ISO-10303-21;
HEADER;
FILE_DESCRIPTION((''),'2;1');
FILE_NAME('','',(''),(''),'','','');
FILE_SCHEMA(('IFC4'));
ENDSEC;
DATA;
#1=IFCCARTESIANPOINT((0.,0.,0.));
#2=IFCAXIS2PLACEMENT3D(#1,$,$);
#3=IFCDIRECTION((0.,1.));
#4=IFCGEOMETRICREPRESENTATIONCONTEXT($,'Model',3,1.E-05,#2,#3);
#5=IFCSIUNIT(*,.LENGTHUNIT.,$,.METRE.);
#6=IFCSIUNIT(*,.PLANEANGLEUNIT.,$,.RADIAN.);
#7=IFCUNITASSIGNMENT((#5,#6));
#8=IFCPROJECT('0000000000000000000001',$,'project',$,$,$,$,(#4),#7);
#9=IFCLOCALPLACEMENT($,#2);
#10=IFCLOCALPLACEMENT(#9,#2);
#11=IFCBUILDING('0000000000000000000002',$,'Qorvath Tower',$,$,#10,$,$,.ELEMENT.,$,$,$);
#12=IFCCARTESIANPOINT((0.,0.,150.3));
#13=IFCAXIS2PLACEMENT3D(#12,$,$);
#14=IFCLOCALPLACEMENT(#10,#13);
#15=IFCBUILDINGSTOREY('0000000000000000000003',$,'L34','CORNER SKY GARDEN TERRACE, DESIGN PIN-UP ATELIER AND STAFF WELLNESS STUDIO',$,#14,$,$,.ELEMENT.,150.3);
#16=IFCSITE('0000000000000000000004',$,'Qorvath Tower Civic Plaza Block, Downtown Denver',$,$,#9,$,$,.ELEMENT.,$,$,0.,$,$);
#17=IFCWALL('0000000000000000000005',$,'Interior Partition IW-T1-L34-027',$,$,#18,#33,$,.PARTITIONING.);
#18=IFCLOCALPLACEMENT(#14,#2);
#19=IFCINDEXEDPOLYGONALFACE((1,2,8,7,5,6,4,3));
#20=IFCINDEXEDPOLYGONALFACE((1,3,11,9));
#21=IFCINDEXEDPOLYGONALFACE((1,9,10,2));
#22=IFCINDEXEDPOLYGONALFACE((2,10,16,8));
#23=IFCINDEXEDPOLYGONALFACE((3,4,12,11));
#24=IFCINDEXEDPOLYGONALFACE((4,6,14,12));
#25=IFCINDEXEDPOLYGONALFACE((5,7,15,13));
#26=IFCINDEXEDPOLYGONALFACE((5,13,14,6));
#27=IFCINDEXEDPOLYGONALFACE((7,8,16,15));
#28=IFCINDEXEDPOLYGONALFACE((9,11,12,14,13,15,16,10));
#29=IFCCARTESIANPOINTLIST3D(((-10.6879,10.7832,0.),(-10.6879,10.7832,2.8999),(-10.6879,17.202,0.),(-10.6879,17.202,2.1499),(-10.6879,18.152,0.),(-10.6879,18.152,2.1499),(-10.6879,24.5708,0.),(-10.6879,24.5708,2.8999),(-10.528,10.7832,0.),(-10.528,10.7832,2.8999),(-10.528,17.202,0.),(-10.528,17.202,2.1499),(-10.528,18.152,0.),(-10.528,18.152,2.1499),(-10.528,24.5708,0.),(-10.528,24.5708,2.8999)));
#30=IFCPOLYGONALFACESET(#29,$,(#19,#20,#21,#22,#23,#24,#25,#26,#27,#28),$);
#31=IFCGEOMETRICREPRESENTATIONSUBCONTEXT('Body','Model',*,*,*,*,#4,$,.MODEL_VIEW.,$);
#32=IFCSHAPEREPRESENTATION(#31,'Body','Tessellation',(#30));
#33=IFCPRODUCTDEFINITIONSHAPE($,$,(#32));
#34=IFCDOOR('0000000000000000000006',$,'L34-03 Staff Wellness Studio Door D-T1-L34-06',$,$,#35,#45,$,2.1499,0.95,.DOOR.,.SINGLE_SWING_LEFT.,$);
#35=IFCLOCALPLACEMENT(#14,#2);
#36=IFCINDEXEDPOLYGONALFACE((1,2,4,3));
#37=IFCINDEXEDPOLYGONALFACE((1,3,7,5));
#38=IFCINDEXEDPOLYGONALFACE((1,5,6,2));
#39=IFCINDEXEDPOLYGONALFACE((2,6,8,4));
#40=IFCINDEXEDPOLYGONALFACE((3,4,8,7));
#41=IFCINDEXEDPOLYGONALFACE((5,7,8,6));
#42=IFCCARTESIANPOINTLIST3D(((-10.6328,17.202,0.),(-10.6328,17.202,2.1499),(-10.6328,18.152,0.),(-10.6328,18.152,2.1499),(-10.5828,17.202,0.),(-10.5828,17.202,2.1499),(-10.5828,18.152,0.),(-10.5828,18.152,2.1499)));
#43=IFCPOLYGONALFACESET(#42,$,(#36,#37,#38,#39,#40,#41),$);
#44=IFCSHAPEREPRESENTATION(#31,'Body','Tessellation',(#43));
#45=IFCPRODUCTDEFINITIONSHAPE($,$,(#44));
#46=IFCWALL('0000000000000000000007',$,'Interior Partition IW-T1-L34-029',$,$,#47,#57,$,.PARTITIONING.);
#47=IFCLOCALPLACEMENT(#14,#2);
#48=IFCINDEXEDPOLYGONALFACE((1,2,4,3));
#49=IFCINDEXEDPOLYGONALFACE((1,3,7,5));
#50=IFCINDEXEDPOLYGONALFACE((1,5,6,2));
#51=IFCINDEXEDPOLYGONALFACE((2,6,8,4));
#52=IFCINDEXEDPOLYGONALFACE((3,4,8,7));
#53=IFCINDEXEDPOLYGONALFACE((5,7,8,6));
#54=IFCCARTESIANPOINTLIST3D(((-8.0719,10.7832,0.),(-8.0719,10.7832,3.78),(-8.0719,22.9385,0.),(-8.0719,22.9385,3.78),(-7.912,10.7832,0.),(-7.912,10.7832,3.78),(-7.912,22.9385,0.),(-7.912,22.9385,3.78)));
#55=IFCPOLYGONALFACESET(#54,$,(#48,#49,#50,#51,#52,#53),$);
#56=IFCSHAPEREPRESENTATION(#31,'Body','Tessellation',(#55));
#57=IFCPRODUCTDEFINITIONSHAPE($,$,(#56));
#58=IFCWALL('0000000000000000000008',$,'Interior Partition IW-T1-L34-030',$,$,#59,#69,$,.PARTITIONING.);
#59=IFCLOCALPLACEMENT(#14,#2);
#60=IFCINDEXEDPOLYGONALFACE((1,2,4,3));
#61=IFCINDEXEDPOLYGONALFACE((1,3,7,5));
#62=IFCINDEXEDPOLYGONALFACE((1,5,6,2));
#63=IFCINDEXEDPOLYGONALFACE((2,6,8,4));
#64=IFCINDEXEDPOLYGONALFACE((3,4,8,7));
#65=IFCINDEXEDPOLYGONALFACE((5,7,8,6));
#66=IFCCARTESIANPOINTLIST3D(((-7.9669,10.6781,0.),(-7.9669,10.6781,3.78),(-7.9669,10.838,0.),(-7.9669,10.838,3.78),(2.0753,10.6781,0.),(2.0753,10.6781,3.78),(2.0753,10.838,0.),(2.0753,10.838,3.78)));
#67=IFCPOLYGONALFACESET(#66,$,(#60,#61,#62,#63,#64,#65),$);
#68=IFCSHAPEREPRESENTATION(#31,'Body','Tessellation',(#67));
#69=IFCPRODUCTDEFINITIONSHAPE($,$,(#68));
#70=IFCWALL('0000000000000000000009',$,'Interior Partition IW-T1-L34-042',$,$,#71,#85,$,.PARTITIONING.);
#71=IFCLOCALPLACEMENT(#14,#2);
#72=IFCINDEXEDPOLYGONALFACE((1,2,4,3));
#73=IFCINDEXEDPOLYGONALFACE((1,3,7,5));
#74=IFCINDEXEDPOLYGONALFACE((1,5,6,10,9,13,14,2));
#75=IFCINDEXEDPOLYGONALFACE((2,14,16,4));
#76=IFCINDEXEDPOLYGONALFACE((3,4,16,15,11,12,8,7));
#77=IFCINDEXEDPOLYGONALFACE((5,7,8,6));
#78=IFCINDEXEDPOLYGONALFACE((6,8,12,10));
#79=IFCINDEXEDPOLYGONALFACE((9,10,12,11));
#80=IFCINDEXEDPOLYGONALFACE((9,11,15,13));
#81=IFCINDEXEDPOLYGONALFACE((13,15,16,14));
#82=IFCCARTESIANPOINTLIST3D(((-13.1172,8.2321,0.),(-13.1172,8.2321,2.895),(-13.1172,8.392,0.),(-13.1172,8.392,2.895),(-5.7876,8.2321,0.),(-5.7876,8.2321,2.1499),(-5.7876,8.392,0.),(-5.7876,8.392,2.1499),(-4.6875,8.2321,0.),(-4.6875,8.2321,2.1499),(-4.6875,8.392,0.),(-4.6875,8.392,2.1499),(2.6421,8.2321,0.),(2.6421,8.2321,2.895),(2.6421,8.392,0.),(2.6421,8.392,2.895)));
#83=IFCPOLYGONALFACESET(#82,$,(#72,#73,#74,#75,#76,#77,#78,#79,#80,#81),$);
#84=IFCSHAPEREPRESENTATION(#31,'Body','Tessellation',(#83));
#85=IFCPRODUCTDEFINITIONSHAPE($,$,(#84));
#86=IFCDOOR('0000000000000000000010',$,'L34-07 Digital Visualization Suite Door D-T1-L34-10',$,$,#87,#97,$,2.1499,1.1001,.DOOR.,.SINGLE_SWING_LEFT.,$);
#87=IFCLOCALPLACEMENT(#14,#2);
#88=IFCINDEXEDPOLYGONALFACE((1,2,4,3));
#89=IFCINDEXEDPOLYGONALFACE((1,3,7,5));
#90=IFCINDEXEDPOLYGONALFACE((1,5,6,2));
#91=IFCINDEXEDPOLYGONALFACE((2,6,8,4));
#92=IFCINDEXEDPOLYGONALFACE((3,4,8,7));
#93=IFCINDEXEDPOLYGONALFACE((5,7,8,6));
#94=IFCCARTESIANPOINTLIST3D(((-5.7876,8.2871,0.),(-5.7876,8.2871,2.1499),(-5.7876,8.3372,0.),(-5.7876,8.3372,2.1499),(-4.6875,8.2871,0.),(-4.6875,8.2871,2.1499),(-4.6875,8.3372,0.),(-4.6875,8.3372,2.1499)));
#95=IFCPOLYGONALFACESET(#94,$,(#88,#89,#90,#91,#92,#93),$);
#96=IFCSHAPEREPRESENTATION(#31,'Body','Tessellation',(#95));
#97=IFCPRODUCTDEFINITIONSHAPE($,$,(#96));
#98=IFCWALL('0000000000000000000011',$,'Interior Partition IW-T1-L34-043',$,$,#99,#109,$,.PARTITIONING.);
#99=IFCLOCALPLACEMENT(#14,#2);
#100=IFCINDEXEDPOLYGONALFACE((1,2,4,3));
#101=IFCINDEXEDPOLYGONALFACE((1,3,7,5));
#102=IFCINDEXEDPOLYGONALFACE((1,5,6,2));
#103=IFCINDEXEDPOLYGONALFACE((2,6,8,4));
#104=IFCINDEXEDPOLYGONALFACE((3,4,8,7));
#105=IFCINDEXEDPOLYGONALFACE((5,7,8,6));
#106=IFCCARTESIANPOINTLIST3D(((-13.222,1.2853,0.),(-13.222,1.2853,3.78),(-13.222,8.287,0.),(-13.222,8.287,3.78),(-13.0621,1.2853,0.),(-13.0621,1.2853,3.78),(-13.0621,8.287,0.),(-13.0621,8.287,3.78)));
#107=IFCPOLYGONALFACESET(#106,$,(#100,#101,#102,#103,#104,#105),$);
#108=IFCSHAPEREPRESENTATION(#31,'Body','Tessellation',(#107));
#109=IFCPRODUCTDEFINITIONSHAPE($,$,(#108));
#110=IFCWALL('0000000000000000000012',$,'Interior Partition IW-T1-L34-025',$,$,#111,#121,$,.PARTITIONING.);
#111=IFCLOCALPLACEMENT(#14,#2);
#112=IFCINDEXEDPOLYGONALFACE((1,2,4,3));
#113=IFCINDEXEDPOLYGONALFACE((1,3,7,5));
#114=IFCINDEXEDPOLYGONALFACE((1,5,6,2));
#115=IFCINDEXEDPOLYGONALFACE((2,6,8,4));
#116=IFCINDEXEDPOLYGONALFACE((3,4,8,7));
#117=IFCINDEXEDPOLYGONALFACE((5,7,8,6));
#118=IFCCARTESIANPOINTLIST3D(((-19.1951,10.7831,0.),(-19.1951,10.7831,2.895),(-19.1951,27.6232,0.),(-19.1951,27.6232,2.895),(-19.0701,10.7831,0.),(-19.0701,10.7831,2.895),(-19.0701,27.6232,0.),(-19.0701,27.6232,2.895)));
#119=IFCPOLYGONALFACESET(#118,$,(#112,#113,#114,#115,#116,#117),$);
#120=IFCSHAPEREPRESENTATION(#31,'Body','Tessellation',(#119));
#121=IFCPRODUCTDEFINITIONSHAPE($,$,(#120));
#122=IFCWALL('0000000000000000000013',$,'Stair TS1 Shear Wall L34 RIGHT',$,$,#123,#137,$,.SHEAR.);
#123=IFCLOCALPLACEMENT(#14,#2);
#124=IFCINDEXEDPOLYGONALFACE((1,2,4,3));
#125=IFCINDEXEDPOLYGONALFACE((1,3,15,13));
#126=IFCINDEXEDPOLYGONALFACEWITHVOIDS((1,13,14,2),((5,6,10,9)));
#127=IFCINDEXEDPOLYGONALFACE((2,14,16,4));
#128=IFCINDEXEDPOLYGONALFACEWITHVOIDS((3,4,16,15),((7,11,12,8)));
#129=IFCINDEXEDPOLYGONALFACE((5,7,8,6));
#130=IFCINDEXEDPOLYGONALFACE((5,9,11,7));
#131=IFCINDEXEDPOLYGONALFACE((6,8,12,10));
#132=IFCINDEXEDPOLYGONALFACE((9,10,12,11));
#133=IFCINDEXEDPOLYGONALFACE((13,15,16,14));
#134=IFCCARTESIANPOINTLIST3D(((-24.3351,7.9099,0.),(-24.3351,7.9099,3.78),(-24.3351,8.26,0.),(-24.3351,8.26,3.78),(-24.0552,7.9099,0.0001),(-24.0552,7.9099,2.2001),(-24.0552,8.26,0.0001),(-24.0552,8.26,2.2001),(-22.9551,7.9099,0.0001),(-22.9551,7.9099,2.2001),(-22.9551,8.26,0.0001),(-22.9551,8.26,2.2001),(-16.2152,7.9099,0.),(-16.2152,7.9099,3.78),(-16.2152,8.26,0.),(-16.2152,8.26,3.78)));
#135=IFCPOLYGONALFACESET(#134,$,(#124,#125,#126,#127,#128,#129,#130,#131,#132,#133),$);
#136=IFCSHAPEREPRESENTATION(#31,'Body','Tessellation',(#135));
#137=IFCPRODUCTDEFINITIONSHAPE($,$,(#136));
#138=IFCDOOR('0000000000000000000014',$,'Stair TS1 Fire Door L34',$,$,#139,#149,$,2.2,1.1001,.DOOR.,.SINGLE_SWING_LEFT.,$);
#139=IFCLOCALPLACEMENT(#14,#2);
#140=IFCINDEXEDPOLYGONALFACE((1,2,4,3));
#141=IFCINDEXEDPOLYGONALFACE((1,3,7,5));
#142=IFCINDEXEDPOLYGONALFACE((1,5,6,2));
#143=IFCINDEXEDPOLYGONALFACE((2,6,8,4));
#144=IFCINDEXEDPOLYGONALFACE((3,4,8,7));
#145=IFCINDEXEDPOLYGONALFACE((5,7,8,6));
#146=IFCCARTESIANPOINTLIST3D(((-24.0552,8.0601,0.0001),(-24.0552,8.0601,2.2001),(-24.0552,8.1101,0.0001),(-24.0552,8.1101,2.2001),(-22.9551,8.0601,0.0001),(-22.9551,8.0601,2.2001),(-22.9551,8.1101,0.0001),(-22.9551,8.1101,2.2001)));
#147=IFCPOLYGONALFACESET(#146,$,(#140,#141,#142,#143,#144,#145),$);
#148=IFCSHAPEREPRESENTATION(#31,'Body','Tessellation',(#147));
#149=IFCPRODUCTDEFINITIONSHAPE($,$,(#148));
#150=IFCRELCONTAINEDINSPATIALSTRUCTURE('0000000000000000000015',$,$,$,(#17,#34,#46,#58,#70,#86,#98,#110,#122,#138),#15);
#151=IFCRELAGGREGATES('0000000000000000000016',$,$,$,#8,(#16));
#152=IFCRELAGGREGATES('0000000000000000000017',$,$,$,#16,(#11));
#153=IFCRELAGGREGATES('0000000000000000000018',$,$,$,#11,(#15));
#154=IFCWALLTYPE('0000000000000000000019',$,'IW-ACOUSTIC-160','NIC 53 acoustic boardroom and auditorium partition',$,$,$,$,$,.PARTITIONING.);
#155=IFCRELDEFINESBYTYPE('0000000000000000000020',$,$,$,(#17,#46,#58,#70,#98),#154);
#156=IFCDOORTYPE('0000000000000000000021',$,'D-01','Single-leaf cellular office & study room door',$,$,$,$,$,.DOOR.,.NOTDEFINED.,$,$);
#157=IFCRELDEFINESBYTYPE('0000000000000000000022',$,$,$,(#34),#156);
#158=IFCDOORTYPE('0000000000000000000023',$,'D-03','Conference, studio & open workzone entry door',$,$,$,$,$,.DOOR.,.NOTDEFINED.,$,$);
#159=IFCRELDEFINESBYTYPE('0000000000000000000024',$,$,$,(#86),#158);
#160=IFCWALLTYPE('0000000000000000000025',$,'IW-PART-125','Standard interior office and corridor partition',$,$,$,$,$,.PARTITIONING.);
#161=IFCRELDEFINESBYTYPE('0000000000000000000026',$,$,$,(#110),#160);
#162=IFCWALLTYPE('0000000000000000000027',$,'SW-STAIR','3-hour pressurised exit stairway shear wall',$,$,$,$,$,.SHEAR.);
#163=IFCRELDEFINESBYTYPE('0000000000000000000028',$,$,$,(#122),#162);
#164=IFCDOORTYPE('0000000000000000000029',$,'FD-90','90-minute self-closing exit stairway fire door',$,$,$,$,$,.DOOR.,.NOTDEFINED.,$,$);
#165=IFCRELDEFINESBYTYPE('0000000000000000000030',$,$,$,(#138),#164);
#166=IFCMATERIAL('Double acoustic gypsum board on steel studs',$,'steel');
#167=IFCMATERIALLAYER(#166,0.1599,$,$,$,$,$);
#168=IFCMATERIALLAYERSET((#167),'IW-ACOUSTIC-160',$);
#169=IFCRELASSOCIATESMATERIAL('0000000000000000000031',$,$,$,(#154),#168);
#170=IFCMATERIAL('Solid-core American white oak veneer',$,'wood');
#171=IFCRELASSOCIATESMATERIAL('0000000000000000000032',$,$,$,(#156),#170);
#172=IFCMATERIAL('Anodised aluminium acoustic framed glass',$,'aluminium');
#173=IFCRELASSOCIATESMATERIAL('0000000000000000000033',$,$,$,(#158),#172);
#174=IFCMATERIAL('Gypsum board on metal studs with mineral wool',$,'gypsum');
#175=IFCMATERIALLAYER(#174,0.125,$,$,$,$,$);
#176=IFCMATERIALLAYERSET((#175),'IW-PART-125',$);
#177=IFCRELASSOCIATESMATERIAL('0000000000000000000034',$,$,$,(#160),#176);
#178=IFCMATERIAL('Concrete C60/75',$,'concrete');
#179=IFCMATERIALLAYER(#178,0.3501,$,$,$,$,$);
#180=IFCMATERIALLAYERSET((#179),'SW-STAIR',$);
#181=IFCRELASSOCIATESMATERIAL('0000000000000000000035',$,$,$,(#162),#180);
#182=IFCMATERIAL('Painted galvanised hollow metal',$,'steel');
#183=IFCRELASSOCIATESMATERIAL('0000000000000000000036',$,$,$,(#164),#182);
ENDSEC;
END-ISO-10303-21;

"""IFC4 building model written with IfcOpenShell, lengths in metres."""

from ifc_helpers import new_model, si_unit, direction, frame, frame_2d, origin, place, context, subcontext, project, spatial, rectangle, extrude, material, layer, layer_set, type_object, element, fill, save


model = new_model("IFC4")

# Units and contexts
model_context = context("Model", 3, precision=1e-05, world=origin(), true_north=direction((0.0, 1.0)))
body_context = subcontext(model_context, "Body", "Model", "MODEL_VIEW")
ifc_project = project(units=[si_unit("LENGTHUNIT", "METRE"), si_unit("PLANEANGLEUNIT", "RADIAN")], contexts=[model_context])

# Site, building, storey
site_placement = place(None, origin())
site = spatial("IfcSite", under=ifc_project, at=site_placement, Name="Qorvath Tower Civic Plaza Block, Downtown Denver", CompositionType="ELEMENT", RefElevation=0.0)
building_placement = place(site_placement, origin())
building = spatial("IfcBuilding", under=site, at=building_placement, Name="Qorvath Tower", CompositionType="ELEMENT")
storey_placement = place(building_placement, frame((0.0, 0.0, 150.3)))
storey = spatial("IfcBuildingStorey", under=building, at=storey_placement, Name="L34", Description="CORNER SKY GARDEN TERRACE, DESIGN PIN-UP ATELIER AND STAFF WELLNESS STUDIO", CompositionType="ELEMENT", Elevation=150.3)

# Shared definitions
ifc_material_1 = material(Name="Double acoustic gypsum board on steel studs", Category="steel")
ifc_layer_1 = layer(ifc_material_1, 0.1599)
ifc_layer_set_1 = layer_set([ifc_layer_1], Name="IW-ACOUSTIC-160")
wall_type_1 = type_object("IfcWallType", Name="IW-ACOUSTIC-160", Description="NIC 53 acoustic boardroom and auditorium partition", PredefinedType="PARTITIONING", material=ifc_layer_set_1)

# Wall, opening, door
wall_1_placement = place(storey_placement, frame((-10.6079, 10.7832, 0.0), z_axis=(0.0, 0.0, 1.0), x_axis=(0.0, 1.0, 0.0)))
wall_1 = element("IfcWall", 1, at=wall_1_placement, inside=storey, type_object=wall_type_1, Name="Interior Partition IW-T1-L34-027", PredefinedType="PARTITIONING", context=body_context, shape_type="SweptSolid", body=[
    extrude(rectangle(XDim=13.7876, YDim=0.1599, at=frame_2d((6.8938, 0.0))), origin(), (0.0, 0.0, 1.0), 2.8999),
])
opening_1_placement = place(wall_1_placement, frame((6.4187, 0.0, 0.0)))
opening_1 = element("IfcOpeningElement", 2, at=opening_1_placement, cuts=wall_1, PredefinedType="OPENING", context=body_context, shape_type="SweptSolid", body=[
    extrude(rectangle(XDim=0.95, YDim=2.1499, at=frame_2d((0.4751, 1.075))), frame((0.0, 0.0898, 0.0), z_axis=(0.0, -1.0, 0.0), x_axis=(1.0, 0.0, 0.0)), (0.0, 0.0, 1.0), 0.1799),
])
ifc_material_2 = material(Name="Solid-core American white oak veneer", Category="wood")
door_type_1 = type_object("IfcDoorType", Name="D-01", Description="Single-leaf cellular office & study room door", OperationType="NOTDEFINED", PredefinedType="DOOR", material=ifc_material_2)
door_1_placement = place(opening_1_placement, origin())
door_1 = element("IfcDoor", 3, at=door_1_placement, inside=storey, type_object=door_type_1, Name="L34-03 Staff Wellness Studio Door D-T1-L34-06", OperationType="SINGLE_SWING_LEFT", OverallHeight=2.1499, OverallWidth=0.95, PredefinedType="DOOR", context=body_context, shape_type="SweptSolid", body=[
    extrude(rectangle(XDim=0.95, YDim=2.1499, at=frame_2d((0.4751, 1.075))), frame((0.0, 0.0249, 0.0), z_axis=(0.0, -1.0, 0.0), x_axis=(1.0, 0.0, 0.0)), (0.0, 0.0, 1.0), 0.05),
])
fill(opening_1, door_1)

# Walls
wall_2_placement = place(storey_placement, frame((-7.9919, 10.7832, 0.0), z_axis=(0.0, 0.0, 1.0), x_axis=(0.0, 1.0, 0.0)))
element("IfcWall", 4, at=wall_2_placement, inside=storey, type_object=wall_type_1, Name="Interior Partition IW-T1-L34-029", PredefinedType="PARTITIONING", context=body_context, shape_type="SweptSolid", body=[
    extrude(rectangle(XDim=12.1553, YDim=0.1599, at=frame_2d((6.0776, 0.0))), origin(), (0.0, 0.0, 1.0), 3.78),
])
wall_3_placement = place(storey_placement, frame((-7.9668, 10.7581, 0.0), z_axis=(0.0, 0.0, 1.0), x_axis=(1.0, 0.0, 0.0)))
element("IfcWall", 5, at=wall_3_placement, inside=storey, type_object=wall_type_1, Name="Interior Partition IW-T1-L34-030", PredefinedType="PARTITIONING", context=body_context, shape_type="SweptSolid", body=[
    extrude(rectangle(XDim=10.0422, YDim=0.1599, at=frame_2d((5.021, 0.0))), origin(), (0.0, 0.0, 1.0), 3.78),
])

# Wall, opening, door
wall_4_placement = place(storey_placement, frame((2.6421, 8.312, 0.0), z_axis=(0.0, 0.0, 1.0), x_axis=(-1.0, 0.0, 0.0)))
wall_4 = element("IfcWall", 6, at=wall_4_placement, inside=storey, type_object=wall_type_1, Name="Interior Partition IW-T1-L34-042", PredefinedType="PARTITIONING", context=body_context, shape_type="SweptSolid", body=[
    extrude(rectangle(XDim=15.7593, YDim=0.1599, at=frame_2d((7.8796, 0.0))), origin(), (0.0, 0.0, 1.0), 2.895),
])
opening_2_placement = place(wall_4_placement, frame((7.3296, 0.0, 0.0)))
opening_2 = element("IfcOpeningElement", 7, at=opening_2_placement, cuts=wall_4, PredefinedType="OPENING", context=body_context, shape_type="SweptSolid", body=[
    extrude(rectangle(XDim=1.1001, YDim=2.1499, at=frame_2d((0.55, 1.075))), frame((0.0, 0.0898, 0.0), z_axis=(0.0, -1.0, 0.0), x_axis=(1.0, 0.0, 0.0)), (0.0, 0.0, 1.0), 0.1799),
])
ifc_material_3 = material(Name="Anodised aluminium acoustic framed glass", Category="aluminium")
door_type_2 = type_object("IfcDoorType", Name="D-03", Description="Conference, studio & open workzone entry door", OperationType="NOTDEFINED", PredefinedType="DOOR", material=ifc_material_3)
door_2_placement = place(opening_2_placement, origin())
door_2 = element("IfcDoor", 8, at=door_2_placement, inside=storey, type_object=door_type_2, Name="L34-07 Digital Visualization Suite Door D-T1-L34-10", OperationType="SINGLE_SWING_LEFT", OverallHeight=2.1499, OverallWidth=1.1001, PredefinedType="DOOR", context=body_context, shape_type="SweptSolid", body=[
    extrude(rectangle(XDim=1.1001, YDim=2.1499, at=frame_2d((0.55, 1.075))), frame((0.0, 0.0249, 0.0), z_axis=(0.0, -1.0, 0.0), x_axis=(1.0, 0.0, 0.0)), (0.0, 0.0, 1.0), 0.05),
])
fill(opening_2, door_2)

# Walls
wall_5_placement = place(storey_placement, frame((-13.1421, 8.2871, 0.0), z_axis=(0.0, 0.0, 1.0), x_axis=(0.0, -1.0, 0.0)))
element("IfcWall", 9, at=wall_5_placement, inside=storey, type_object=wall_type_1, Name="Interior Partition IW-T1-L34-043", PredefinedType="PARTITIONING", context=body_context, shape_type="SweptSolid", body=[
    extrude(rectangle(XDim=7.0017, YDim=0.1599, at=frame_2d((3.501, 0.0))), origin(), (0.0, 0.0, 1.0), 3.78),
])
ifc_material_4 = material(Name="Gypsum board on metal studs with mineral wool", Category="gypsum")
ifc_layer_2 = layer(ifc_material_4, 0.125)
ifc_layer_set_2 = layer_set([ifc_layer_2], Name="IW-PART-125")
wall_type_2 = type_object("IfcWallType", Name="IW-PART-125", Description="Standard interior office and corridor partition", PredefinedType="PARTITIONING", material=ifc_layer_set_2)
wall_6_placement = place(storey_placement, frame((-19.1326, 10.7832, 0.0), z_axis=(0.0, 0.0, 1.0), x_axis=(0.0, 1.0, 0.0)))
element("IfcWall", 10, at=wall_6_placement, inside=storey, type_object=wall_type_2, Name="Interior Partition IW-T1-L34-025", PredefinedType="PARTITIONING", context=body_context, shape_type="SweptSolid", body=[
    extrude(rectangle(XDim=16.8401, YDim=0.125, at=frame_2d((8.4199, 0.0))), origin(), (0.0, 0.0, 1.0), 2.895),
])

# Wall, opening, door
ifc_material_5 = material(Name="Concrete C60/75", Category="concrete")
ifc_layer_3 = layer(ifc_material_5, 0.3501)
ifc_layer_set_3 = layer_set([ifc_layer_3], Name="SW-STAIR")
wall_type_3 = type_object("IfcWallType", Name="SW-STAIR", Description="3-hour pressurised exit stairway shear wall", PredefinedType="SHEAR", material=ifc_layer_set_3)
wall_7_placement = place(storey_placement, frame((-16.2151, 8.085, 0.0), z_axis=(0.0, 0.0, 1.0), x_axis=(-1.0, 0.0, 0.0)))
wall_7 = element("IfcWall", 11, at=wall_7_placement, inside=storey, type_object=wall_type_3, Name="Stair TS1 Shear Wall L34 RIGHT", PredefinedType="SHEAR", context=body_context, shape_type="SweptSolid", body=[
    extrude(rectangle(XDim=8.1199, YDim=0.3501, at=frame_2d((4.0601, 0.0))), origin(), (0.0, 0.0, 1.0), 3.78),
])
opening_3_placement = place(wall_7_placement, frame((6.74, 0.0, 0.0)))
opening_3 = element("IfcOpeningElement", 12, at=opening_3_placement, cuts=wall_7, PredefinedType="OPENING", context=body_context, shape_type="SweptSolid", body=[
    extrude(rectangle(XDim=1.1001, YDim=2.2, at=frame_2d((0.55, 1.1001))), frame((0.0, 0.1851, 0.0), z_axis=(0.0, -1.0, 0.0), x_axis=(1.0, 0.0, 0.0)), (0.0, 0.0, 1.0), 0.3701),
])
ifc_material_6 = material(Name="Painted galvanised hollow metal", Category="steel")
door_type_3 = type_object("IfcDoorType", Name="FD-90", Description="90-minute self-closing exit stairway fire door", OperationType="NOTDEFINED", PredefinedType="DOOR", material=ifc_material_6)
door_3_placement = place(opening_3_placement, origin())
door_3 = element("IfcDoor", 13, at=door_3_placement, inside=storey, type_object=door_type_3, Name="Stair TS1 Fire Door L34", OperationType="SINGLE_SWING_LEFT", OverallHeight=2.2, OverallWidth=1.1001, PredefinedType="DOOR", context=body_context, shape_type="SweptSolid", body=[
    extrude(rectangle(XDim=1.1001, YDim=2.2, at=frame_2d((0.55, 1.1001))), frame((0.0, 0.0249, 0.0), z_axis=(0.0, -1.0, 0.0), x_axis=(1.0, 0.0, 0.0)), (0.0, 0.0, 1.0), 0.05),
])
fill(opening_3, door_3)

save(model, "model.ifc")
